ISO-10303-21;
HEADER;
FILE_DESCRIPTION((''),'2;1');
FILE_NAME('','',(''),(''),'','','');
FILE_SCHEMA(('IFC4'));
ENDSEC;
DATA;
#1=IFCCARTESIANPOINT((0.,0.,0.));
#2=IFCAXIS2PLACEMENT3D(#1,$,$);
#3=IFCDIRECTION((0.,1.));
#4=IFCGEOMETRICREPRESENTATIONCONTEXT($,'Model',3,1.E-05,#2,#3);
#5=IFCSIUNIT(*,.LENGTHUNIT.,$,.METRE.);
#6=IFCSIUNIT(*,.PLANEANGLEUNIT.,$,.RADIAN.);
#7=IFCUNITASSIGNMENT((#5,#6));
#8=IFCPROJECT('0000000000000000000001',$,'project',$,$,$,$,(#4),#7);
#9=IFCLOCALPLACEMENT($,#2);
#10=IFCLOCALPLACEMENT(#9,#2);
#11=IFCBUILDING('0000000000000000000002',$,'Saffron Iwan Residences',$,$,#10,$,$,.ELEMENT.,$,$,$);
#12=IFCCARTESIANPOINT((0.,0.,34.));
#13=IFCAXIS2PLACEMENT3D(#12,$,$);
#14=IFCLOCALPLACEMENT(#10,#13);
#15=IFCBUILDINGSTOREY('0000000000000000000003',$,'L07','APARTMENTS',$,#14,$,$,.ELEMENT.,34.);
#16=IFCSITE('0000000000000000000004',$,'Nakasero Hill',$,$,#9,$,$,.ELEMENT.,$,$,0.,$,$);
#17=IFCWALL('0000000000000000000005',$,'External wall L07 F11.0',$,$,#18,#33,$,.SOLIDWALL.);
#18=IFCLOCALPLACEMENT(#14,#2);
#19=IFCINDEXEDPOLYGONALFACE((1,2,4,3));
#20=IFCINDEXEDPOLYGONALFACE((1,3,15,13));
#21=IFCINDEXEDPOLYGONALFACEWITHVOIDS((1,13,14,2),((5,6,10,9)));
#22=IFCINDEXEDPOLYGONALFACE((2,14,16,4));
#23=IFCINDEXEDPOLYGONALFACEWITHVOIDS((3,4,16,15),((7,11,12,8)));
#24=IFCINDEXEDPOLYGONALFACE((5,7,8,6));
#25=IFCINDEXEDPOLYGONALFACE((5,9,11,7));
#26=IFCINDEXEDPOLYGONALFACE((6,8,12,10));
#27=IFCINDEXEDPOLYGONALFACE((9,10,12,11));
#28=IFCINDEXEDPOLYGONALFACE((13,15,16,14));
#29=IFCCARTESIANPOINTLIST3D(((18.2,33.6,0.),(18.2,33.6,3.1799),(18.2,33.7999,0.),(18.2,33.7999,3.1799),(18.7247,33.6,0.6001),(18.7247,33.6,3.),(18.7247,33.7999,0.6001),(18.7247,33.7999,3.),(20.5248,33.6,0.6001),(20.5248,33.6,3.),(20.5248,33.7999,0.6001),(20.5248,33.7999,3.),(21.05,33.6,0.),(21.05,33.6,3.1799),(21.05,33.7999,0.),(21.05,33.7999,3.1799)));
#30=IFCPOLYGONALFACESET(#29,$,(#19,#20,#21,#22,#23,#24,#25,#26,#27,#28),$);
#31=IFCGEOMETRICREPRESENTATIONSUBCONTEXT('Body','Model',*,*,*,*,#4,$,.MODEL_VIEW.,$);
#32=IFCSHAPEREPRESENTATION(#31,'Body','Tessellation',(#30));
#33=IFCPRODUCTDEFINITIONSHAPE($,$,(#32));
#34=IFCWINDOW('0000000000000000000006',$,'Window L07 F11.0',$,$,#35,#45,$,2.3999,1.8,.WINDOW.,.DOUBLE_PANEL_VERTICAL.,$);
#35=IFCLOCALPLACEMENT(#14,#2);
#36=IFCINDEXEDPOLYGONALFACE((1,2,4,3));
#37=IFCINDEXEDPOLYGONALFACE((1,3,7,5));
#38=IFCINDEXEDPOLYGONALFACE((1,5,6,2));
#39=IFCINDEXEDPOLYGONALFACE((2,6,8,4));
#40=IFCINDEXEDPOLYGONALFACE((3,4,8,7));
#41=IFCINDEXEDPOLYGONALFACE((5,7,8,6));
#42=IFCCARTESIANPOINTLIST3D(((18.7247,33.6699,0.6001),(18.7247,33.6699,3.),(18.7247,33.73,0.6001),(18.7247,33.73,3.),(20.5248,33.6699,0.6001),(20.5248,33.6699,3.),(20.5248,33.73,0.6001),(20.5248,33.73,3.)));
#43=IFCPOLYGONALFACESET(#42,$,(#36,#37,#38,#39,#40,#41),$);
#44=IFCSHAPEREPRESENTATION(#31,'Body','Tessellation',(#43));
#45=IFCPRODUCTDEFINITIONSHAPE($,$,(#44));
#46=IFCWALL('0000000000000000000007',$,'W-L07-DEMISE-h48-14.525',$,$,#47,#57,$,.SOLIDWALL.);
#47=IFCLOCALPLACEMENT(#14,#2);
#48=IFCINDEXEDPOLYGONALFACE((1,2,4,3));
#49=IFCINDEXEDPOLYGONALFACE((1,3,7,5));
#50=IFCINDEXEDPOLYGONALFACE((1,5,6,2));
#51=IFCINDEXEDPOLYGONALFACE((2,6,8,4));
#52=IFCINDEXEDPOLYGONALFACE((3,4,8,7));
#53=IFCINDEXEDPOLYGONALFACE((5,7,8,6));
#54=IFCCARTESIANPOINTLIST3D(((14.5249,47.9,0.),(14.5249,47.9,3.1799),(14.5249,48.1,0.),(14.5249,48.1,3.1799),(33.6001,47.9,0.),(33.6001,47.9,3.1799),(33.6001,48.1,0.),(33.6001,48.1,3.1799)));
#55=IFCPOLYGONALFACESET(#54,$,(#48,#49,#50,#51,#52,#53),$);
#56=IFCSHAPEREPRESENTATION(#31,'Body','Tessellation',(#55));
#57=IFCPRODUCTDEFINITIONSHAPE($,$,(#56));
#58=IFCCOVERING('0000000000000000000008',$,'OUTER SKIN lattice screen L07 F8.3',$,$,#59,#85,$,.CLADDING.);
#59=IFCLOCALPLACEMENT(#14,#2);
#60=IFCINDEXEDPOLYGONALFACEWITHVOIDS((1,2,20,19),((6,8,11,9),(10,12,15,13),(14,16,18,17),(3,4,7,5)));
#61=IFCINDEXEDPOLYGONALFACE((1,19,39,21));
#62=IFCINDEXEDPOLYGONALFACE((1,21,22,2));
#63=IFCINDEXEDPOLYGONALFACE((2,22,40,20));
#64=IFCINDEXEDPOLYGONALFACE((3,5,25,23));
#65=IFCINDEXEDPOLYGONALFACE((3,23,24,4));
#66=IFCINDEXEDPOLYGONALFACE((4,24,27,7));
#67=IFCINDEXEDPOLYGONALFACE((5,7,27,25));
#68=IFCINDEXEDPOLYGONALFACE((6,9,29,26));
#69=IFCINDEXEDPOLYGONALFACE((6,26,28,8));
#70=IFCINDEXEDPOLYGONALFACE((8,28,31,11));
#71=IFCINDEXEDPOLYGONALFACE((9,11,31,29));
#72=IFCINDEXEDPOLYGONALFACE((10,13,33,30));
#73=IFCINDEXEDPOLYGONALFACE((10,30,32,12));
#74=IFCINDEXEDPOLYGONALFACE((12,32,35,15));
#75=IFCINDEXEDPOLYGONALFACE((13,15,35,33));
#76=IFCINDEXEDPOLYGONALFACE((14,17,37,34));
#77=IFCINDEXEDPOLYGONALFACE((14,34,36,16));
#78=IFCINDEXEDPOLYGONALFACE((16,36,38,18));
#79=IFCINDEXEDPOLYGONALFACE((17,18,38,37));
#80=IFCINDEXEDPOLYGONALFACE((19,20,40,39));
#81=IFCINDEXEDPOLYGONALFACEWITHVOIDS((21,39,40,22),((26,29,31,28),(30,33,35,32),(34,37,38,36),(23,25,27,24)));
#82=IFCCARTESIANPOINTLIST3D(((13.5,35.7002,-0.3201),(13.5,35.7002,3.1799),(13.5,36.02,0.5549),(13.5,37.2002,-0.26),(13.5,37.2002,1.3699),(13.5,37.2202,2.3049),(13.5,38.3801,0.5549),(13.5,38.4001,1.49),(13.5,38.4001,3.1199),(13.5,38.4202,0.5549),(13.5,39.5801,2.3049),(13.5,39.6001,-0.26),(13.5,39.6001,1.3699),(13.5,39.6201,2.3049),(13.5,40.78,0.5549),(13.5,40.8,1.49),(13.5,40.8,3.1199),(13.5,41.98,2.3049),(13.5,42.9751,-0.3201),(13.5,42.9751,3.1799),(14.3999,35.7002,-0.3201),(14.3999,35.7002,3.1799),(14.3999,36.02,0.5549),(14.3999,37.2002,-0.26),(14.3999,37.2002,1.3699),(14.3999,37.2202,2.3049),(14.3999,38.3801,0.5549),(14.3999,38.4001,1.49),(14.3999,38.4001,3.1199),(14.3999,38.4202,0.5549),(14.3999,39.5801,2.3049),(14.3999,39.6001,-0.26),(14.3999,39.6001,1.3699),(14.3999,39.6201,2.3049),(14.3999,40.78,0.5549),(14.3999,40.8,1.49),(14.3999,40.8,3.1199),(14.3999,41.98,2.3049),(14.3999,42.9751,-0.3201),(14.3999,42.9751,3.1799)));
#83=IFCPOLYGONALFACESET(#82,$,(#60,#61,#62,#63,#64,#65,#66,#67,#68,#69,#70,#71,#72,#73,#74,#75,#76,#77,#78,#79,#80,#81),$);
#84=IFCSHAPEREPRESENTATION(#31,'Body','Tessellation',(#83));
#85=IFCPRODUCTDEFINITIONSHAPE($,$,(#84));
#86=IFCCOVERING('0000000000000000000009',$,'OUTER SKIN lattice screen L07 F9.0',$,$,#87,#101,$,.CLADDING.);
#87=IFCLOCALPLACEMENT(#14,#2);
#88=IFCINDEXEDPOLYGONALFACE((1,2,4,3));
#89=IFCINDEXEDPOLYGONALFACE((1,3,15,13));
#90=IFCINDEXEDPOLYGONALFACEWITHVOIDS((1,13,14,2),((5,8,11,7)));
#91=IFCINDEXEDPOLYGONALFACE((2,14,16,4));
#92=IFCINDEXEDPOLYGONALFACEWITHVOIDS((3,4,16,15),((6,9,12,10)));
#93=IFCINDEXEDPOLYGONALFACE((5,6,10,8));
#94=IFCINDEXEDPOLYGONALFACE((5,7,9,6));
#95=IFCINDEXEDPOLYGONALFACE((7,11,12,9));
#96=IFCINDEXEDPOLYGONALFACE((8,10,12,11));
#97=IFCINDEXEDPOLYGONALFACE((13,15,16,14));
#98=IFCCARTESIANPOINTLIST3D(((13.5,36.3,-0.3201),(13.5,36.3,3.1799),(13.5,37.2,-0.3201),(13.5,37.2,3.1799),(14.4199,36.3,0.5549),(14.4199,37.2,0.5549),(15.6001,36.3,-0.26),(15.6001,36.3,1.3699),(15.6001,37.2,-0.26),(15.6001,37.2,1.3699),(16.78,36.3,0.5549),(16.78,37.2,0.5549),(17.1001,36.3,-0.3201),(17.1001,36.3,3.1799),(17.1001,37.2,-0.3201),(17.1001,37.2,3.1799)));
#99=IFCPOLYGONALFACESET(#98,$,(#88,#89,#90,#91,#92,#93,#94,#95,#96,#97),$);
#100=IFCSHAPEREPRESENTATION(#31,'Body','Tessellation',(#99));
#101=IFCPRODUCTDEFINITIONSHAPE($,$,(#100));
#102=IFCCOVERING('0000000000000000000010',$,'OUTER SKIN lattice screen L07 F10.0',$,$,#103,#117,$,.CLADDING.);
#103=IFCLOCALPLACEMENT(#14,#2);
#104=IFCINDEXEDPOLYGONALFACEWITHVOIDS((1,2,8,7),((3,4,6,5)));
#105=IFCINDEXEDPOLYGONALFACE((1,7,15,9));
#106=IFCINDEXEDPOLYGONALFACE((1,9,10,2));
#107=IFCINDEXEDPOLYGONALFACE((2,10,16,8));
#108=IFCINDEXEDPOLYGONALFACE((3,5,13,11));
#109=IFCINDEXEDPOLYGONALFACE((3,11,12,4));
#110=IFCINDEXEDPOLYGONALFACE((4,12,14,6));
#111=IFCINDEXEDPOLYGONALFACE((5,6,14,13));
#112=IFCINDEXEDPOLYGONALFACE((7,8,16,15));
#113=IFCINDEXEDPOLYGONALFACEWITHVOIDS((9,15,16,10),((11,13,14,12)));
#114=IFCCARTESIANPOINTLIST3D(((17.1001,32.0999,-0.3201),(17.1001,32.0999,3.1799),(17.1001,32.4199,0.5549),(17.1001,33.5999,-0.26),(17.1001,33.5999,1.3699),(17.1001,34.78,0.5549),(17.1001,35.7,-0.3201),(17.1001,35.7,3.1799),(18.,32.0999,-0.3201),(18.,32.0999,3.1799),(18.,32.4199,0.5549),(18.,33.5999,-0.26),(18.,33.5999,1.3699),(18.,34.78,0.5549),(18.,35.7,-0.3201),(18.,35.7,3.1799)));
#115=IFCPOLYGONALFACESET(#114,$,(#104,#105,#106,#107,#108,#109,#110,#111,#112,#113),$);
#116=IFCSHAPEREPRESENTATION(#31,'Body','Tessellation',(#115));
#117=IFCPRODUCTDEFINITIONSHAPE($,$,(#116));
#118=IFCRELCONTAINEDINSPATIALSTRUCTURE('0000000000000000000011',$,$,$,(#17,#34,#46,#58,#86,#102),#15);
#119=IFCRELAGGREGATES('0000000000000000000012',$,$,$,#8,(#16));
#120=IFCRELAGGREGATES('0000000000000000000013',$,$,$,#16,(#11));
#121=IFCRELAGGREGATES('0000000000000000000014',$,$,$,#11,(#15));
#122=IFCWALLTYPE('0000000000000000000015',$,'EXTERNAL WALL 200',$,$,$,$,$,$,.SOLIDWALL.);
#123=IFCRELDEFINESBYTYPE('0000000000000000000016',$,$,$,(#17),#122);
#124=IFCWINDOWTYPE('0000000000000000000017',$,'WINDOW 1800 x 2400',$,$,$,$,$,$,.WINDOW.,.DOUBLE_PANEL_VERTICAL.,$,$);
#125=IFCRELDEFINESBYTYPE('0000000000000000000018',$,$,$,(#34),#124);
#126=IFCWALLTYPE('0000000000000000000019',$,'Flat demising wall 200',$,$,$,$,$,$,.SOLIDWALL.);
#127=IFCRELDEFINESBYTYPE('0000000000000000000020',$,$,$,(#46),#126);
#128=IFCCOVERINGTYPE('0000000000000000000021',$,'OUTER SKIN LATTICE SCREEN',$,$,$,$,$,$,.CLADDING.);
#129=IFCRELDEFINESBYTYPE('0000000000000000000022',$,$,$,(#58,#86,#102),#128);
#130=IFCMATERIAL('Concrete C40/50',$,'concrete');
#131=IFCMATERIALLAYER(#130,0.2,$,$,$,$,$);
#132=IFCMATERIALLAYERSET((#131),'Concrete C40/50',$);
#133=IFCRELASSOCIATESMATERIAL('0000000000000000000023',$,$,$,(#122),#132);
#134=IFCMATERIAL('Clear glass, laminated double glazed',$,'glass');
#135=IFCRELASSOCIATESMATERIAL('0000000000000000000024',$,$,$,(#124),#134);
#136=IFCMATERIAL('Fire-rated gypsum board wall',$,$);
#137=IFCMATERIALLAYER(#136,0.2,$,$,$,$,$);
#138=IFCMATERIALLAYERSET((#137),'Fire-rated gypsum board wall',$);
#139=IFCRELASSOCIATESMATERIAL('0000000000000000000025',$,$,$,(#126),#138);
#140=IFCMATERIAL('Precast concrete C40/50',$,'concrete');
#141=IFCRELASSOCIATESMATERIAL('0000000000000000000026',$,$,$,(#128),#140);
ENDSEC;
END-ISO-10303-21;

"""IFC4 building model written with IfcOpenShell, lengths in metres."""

from ifc_helpers import new_model, si_unit, direction, frame, frame_2d, origin, place, context, subcontext, project, spatial, polyline, rectangle, outline, extrude, material, layer, layer_set, type_object, element, fill, save


model = new_model("IFC4")

# Units and contexts
model_context = context("Model", 3, precision=1e-05, world=origin(), true_north=direction((0.0, 1.0)))
body_context = subcontext(model_context, "Body", "Model", "MODEL_VIEW")
ifc_project = project(units=[si_unit("LENGTHUNIT", "METRE"), si_unit("PLANEANGLEUNIT", "RADIAN")], contexts=[model_context])

# Site, building, storey
site_placement = place(None, origin())
site = spatial("IfcSite", under=ifc_project, at=site_placement, Name="Nakasero Hill", CompositionType="ELEMENT", RefElevation=0.0)
building_placement = place(site_placement, origin())
building = spatial("IfcBuilding", under=site, at=building_placement, Name="Saffron Iwan Residences", CompositionType="ELEMENT")
storey_placement = place(building_placement, frame((0.0, 0.0, 34.0)))
storey = spatial("IfcBuildingStorey", under=building, at=storey_placement, Name="L07", Description="APARTMENTS", CompositionType="ELEMENT", Elevation=34.0)

# Wall, opening, window
ifc_material_1 = material(Name="Concrete C40/50", Category="concrete")
ifc_layer_1 = layer(ifc_material_1, 0.2)
ifc_layer_set_1 = layer_set([ifc_layer_1], Name="Concrete C40/50")
wall_type_1 = type_object("IfcWallType", Name="EXTERNAL WALL 200", PredefinedType="SOLIDWALL", material=ifc_layer_set_1)
ifc_material_2 = material(Name="Clear glass, laminated double glazed", Category="glass")
window_type_1 = type_object("IfcWindowType", Name="WINDOW 1800 x 2400", PartitioningType="DOUBLE_PANEL_VERTICAL", PredefinedType="WINDOW", material=ifc_material_2)
wall_1_placement = place(storey_placement, frame((18.2, 33.7, 0.0), z_axis=(0.0, 0.0, 1.0), x_axis=(1.0, 0.0, 0.0)))
wall_1 = element("IfcWall", 1, at=wall_1_placement, inside=storey, type_object=wall_type_1, Name="External wall L07 F11.0", PredefinedType="SOLIDWALL", context=body_context, shape_type="SweptSolid", body=[
    extrude(rectangle(XDim=2.8501, YDim=0.2, at=frame_2d((1.425, 0.0))), origin(), (0.0, 0.0, 1.0), 3.1799),
])
opening_1_placement = place(wall_1_placement, frame((0.5249, 0.0, 0.6001)))
opening_1 = element("IfcOpeningElement", 2, at=opening_1_placement, cuts=wall_1, PredefinedType="OPENING", context=body_context, shape_type="SweptSolid", body=[
    extrude(rectangle(XDim=1.8, YDim=2.3999, at=frame_2d((0.8999, 1.2))), frame((0.0, 0.1099, 0.0), z_axis=(0.0, -1.0, 0.0), x_axis=(1.0, 0.0, 0.0)), (0.0, 0.0, 1.0), 0.22),
])
window_1_placement = place(opening_1_placement, origin())
window_1 = element("IfcWindow", 3, at=window_1_placement, inside=storey, type_object=window_type_1, Name="Window L07 F11.0", OverallHeight=2.3999, OverallWidth=1.8, PartitioningType="DOUBLE_PANEL_VERTICAL", PredefinedType="WINDOW", context=body_context, shape_type="SweptSolid", body=[
    extrude(rectangle(XDim=1.8, YDim=2.3999, at=frame_2d((0.8999, 1.2))), frame((0.0, 0.03, 0.0), z_axis=(0.0, -1.0, 0.0), x_axis=(1.0, 0.0, 0.0)), (0.0, 0.0, 1.0), 0.0601),
])
fill(opening_1, window_1)

# Wall
ifc_material_3 = material(Name="Fire-rated gypsum board wall")
ifc_layer_2 = layer(ifc_material_3, 0.2)
ifc_layer_set_2 = layer_set([ifc_layer_2], Name="Fire-rated gypsum board wall")
wall_type_2 = type_object("IfcWallType", Name="Flat demising wall 200", PredefinedType="SOLIDWALL", material=ifc_layer_set_2)
wall_2_placement = place(storey_placement, frame((14.5249, 48.0, 0.0), z_axis=(0.0, 0.0, 1.0), x_axis=(1.0, 0.0, 0.0)))
element("IfcWall", 4, at=wall_2_placement, inside=storey, type_object=wall_type_2, Name="W-L07-DEMISE-h48-14.525", PredefinedType="SOLIDWALL", context=body_context, shape_type="SweptSolid", body=[
    extrude(rectangle(XDim=19.0752, YDim=0.2, at=frame_2d((9.5376, 0.0))), origin(), (0.0, 0.0, 1.0), 3.1799),
])

# Coverings
ifc_material_4 = material(Name="Precast concrete C40/50", Category="concrete")
covering_type = type_object("IfcCoveringType", Name="OUTER SKIN LATTICE SCREEN", PredefinedType="CLADDING", material=ifc_material_4)
covering_placement = place(storey_placement, frame((14.3999, 42.9751, -0.3201), z_axis=(-1.0, 0.0, 0.0), x_axis=(0.0, -1.0, 0.0)))
element("IfcCovering", 5, at=covering_placement, inside=storey, type_object=covering_type, Name="OUTER SKIN lattice screen L07 F8.3", PredefinedType="CLADDING", context=body_context, shape_type="SweptSolid", body=[
    extrude(outline(polyline([(0.0, 0.0), (7.2749, 0.0), (7.2749, 3.5), (0.0, 3.5), (0.0, 0.0)]), holes=[polyline([(2.1951, 0.875), (3.375, 0.0601), (4.5549, 0.875), (3.375, 1.6899), (2.1951, 0.875)]), polyline([(4.595, 0.875), (5.7749, 0.0601), (6.9551, 0.875), (5.7749, 1.6899), (4.595, 0.875)]), polyline([(0.9951, 2.625), (2.175, 1.8101), (3.355, 2.625), (2.175, 3.4399), (0.9951, 2.625)]), polyline([(3.395, 2.625), (4.575, 1.8101), (5.7549, 2.625), (4.575, 3.4399), (3.395, 2.625)])]), origin(), (0.0, 0.0, 1.0), 0.8999),
])
for number, where, z_axis, x_axis, name in (
    (6, (13.5, 37.2, -0.3201), (0.0, -1.0, 0.0), (1.0, 0.0, 0.0), "OUTER SKIN lattice screen L07 F9.0"),
    (7, (18.0, 35.7, -0.3201), (-1.0, 0.0, 0.0), (0.0, -1.0, 0.0), "OUTER SKIN lattice screen L07 F10.0"),
):
    element("IfcCovering", number, at=place(storey_placement, frame(where, z_axis=z_axis, x_axis=x_axis)), inside=storey, type_object=covering_type, Name=name, PredefinedType="CLADDING", context=body_context, shape_type="SweptSolid", body=[
        extrude(outline(polyline([(0.0, 0.0), (3.6001, 0.0), (3.6001, 3.5), (0.0, 3.5), (0.0, 0.0)]), holes=[polyline([(0.9199, 0.875), (2.1001, 0.0601), (3.28, 0.875), (2.1001, 1.6899), (0.9199, 0.875)])]), origin(), (0.0, 0.0, 1.0), 0.8999),
    ])

save(model, "model.ifc")
